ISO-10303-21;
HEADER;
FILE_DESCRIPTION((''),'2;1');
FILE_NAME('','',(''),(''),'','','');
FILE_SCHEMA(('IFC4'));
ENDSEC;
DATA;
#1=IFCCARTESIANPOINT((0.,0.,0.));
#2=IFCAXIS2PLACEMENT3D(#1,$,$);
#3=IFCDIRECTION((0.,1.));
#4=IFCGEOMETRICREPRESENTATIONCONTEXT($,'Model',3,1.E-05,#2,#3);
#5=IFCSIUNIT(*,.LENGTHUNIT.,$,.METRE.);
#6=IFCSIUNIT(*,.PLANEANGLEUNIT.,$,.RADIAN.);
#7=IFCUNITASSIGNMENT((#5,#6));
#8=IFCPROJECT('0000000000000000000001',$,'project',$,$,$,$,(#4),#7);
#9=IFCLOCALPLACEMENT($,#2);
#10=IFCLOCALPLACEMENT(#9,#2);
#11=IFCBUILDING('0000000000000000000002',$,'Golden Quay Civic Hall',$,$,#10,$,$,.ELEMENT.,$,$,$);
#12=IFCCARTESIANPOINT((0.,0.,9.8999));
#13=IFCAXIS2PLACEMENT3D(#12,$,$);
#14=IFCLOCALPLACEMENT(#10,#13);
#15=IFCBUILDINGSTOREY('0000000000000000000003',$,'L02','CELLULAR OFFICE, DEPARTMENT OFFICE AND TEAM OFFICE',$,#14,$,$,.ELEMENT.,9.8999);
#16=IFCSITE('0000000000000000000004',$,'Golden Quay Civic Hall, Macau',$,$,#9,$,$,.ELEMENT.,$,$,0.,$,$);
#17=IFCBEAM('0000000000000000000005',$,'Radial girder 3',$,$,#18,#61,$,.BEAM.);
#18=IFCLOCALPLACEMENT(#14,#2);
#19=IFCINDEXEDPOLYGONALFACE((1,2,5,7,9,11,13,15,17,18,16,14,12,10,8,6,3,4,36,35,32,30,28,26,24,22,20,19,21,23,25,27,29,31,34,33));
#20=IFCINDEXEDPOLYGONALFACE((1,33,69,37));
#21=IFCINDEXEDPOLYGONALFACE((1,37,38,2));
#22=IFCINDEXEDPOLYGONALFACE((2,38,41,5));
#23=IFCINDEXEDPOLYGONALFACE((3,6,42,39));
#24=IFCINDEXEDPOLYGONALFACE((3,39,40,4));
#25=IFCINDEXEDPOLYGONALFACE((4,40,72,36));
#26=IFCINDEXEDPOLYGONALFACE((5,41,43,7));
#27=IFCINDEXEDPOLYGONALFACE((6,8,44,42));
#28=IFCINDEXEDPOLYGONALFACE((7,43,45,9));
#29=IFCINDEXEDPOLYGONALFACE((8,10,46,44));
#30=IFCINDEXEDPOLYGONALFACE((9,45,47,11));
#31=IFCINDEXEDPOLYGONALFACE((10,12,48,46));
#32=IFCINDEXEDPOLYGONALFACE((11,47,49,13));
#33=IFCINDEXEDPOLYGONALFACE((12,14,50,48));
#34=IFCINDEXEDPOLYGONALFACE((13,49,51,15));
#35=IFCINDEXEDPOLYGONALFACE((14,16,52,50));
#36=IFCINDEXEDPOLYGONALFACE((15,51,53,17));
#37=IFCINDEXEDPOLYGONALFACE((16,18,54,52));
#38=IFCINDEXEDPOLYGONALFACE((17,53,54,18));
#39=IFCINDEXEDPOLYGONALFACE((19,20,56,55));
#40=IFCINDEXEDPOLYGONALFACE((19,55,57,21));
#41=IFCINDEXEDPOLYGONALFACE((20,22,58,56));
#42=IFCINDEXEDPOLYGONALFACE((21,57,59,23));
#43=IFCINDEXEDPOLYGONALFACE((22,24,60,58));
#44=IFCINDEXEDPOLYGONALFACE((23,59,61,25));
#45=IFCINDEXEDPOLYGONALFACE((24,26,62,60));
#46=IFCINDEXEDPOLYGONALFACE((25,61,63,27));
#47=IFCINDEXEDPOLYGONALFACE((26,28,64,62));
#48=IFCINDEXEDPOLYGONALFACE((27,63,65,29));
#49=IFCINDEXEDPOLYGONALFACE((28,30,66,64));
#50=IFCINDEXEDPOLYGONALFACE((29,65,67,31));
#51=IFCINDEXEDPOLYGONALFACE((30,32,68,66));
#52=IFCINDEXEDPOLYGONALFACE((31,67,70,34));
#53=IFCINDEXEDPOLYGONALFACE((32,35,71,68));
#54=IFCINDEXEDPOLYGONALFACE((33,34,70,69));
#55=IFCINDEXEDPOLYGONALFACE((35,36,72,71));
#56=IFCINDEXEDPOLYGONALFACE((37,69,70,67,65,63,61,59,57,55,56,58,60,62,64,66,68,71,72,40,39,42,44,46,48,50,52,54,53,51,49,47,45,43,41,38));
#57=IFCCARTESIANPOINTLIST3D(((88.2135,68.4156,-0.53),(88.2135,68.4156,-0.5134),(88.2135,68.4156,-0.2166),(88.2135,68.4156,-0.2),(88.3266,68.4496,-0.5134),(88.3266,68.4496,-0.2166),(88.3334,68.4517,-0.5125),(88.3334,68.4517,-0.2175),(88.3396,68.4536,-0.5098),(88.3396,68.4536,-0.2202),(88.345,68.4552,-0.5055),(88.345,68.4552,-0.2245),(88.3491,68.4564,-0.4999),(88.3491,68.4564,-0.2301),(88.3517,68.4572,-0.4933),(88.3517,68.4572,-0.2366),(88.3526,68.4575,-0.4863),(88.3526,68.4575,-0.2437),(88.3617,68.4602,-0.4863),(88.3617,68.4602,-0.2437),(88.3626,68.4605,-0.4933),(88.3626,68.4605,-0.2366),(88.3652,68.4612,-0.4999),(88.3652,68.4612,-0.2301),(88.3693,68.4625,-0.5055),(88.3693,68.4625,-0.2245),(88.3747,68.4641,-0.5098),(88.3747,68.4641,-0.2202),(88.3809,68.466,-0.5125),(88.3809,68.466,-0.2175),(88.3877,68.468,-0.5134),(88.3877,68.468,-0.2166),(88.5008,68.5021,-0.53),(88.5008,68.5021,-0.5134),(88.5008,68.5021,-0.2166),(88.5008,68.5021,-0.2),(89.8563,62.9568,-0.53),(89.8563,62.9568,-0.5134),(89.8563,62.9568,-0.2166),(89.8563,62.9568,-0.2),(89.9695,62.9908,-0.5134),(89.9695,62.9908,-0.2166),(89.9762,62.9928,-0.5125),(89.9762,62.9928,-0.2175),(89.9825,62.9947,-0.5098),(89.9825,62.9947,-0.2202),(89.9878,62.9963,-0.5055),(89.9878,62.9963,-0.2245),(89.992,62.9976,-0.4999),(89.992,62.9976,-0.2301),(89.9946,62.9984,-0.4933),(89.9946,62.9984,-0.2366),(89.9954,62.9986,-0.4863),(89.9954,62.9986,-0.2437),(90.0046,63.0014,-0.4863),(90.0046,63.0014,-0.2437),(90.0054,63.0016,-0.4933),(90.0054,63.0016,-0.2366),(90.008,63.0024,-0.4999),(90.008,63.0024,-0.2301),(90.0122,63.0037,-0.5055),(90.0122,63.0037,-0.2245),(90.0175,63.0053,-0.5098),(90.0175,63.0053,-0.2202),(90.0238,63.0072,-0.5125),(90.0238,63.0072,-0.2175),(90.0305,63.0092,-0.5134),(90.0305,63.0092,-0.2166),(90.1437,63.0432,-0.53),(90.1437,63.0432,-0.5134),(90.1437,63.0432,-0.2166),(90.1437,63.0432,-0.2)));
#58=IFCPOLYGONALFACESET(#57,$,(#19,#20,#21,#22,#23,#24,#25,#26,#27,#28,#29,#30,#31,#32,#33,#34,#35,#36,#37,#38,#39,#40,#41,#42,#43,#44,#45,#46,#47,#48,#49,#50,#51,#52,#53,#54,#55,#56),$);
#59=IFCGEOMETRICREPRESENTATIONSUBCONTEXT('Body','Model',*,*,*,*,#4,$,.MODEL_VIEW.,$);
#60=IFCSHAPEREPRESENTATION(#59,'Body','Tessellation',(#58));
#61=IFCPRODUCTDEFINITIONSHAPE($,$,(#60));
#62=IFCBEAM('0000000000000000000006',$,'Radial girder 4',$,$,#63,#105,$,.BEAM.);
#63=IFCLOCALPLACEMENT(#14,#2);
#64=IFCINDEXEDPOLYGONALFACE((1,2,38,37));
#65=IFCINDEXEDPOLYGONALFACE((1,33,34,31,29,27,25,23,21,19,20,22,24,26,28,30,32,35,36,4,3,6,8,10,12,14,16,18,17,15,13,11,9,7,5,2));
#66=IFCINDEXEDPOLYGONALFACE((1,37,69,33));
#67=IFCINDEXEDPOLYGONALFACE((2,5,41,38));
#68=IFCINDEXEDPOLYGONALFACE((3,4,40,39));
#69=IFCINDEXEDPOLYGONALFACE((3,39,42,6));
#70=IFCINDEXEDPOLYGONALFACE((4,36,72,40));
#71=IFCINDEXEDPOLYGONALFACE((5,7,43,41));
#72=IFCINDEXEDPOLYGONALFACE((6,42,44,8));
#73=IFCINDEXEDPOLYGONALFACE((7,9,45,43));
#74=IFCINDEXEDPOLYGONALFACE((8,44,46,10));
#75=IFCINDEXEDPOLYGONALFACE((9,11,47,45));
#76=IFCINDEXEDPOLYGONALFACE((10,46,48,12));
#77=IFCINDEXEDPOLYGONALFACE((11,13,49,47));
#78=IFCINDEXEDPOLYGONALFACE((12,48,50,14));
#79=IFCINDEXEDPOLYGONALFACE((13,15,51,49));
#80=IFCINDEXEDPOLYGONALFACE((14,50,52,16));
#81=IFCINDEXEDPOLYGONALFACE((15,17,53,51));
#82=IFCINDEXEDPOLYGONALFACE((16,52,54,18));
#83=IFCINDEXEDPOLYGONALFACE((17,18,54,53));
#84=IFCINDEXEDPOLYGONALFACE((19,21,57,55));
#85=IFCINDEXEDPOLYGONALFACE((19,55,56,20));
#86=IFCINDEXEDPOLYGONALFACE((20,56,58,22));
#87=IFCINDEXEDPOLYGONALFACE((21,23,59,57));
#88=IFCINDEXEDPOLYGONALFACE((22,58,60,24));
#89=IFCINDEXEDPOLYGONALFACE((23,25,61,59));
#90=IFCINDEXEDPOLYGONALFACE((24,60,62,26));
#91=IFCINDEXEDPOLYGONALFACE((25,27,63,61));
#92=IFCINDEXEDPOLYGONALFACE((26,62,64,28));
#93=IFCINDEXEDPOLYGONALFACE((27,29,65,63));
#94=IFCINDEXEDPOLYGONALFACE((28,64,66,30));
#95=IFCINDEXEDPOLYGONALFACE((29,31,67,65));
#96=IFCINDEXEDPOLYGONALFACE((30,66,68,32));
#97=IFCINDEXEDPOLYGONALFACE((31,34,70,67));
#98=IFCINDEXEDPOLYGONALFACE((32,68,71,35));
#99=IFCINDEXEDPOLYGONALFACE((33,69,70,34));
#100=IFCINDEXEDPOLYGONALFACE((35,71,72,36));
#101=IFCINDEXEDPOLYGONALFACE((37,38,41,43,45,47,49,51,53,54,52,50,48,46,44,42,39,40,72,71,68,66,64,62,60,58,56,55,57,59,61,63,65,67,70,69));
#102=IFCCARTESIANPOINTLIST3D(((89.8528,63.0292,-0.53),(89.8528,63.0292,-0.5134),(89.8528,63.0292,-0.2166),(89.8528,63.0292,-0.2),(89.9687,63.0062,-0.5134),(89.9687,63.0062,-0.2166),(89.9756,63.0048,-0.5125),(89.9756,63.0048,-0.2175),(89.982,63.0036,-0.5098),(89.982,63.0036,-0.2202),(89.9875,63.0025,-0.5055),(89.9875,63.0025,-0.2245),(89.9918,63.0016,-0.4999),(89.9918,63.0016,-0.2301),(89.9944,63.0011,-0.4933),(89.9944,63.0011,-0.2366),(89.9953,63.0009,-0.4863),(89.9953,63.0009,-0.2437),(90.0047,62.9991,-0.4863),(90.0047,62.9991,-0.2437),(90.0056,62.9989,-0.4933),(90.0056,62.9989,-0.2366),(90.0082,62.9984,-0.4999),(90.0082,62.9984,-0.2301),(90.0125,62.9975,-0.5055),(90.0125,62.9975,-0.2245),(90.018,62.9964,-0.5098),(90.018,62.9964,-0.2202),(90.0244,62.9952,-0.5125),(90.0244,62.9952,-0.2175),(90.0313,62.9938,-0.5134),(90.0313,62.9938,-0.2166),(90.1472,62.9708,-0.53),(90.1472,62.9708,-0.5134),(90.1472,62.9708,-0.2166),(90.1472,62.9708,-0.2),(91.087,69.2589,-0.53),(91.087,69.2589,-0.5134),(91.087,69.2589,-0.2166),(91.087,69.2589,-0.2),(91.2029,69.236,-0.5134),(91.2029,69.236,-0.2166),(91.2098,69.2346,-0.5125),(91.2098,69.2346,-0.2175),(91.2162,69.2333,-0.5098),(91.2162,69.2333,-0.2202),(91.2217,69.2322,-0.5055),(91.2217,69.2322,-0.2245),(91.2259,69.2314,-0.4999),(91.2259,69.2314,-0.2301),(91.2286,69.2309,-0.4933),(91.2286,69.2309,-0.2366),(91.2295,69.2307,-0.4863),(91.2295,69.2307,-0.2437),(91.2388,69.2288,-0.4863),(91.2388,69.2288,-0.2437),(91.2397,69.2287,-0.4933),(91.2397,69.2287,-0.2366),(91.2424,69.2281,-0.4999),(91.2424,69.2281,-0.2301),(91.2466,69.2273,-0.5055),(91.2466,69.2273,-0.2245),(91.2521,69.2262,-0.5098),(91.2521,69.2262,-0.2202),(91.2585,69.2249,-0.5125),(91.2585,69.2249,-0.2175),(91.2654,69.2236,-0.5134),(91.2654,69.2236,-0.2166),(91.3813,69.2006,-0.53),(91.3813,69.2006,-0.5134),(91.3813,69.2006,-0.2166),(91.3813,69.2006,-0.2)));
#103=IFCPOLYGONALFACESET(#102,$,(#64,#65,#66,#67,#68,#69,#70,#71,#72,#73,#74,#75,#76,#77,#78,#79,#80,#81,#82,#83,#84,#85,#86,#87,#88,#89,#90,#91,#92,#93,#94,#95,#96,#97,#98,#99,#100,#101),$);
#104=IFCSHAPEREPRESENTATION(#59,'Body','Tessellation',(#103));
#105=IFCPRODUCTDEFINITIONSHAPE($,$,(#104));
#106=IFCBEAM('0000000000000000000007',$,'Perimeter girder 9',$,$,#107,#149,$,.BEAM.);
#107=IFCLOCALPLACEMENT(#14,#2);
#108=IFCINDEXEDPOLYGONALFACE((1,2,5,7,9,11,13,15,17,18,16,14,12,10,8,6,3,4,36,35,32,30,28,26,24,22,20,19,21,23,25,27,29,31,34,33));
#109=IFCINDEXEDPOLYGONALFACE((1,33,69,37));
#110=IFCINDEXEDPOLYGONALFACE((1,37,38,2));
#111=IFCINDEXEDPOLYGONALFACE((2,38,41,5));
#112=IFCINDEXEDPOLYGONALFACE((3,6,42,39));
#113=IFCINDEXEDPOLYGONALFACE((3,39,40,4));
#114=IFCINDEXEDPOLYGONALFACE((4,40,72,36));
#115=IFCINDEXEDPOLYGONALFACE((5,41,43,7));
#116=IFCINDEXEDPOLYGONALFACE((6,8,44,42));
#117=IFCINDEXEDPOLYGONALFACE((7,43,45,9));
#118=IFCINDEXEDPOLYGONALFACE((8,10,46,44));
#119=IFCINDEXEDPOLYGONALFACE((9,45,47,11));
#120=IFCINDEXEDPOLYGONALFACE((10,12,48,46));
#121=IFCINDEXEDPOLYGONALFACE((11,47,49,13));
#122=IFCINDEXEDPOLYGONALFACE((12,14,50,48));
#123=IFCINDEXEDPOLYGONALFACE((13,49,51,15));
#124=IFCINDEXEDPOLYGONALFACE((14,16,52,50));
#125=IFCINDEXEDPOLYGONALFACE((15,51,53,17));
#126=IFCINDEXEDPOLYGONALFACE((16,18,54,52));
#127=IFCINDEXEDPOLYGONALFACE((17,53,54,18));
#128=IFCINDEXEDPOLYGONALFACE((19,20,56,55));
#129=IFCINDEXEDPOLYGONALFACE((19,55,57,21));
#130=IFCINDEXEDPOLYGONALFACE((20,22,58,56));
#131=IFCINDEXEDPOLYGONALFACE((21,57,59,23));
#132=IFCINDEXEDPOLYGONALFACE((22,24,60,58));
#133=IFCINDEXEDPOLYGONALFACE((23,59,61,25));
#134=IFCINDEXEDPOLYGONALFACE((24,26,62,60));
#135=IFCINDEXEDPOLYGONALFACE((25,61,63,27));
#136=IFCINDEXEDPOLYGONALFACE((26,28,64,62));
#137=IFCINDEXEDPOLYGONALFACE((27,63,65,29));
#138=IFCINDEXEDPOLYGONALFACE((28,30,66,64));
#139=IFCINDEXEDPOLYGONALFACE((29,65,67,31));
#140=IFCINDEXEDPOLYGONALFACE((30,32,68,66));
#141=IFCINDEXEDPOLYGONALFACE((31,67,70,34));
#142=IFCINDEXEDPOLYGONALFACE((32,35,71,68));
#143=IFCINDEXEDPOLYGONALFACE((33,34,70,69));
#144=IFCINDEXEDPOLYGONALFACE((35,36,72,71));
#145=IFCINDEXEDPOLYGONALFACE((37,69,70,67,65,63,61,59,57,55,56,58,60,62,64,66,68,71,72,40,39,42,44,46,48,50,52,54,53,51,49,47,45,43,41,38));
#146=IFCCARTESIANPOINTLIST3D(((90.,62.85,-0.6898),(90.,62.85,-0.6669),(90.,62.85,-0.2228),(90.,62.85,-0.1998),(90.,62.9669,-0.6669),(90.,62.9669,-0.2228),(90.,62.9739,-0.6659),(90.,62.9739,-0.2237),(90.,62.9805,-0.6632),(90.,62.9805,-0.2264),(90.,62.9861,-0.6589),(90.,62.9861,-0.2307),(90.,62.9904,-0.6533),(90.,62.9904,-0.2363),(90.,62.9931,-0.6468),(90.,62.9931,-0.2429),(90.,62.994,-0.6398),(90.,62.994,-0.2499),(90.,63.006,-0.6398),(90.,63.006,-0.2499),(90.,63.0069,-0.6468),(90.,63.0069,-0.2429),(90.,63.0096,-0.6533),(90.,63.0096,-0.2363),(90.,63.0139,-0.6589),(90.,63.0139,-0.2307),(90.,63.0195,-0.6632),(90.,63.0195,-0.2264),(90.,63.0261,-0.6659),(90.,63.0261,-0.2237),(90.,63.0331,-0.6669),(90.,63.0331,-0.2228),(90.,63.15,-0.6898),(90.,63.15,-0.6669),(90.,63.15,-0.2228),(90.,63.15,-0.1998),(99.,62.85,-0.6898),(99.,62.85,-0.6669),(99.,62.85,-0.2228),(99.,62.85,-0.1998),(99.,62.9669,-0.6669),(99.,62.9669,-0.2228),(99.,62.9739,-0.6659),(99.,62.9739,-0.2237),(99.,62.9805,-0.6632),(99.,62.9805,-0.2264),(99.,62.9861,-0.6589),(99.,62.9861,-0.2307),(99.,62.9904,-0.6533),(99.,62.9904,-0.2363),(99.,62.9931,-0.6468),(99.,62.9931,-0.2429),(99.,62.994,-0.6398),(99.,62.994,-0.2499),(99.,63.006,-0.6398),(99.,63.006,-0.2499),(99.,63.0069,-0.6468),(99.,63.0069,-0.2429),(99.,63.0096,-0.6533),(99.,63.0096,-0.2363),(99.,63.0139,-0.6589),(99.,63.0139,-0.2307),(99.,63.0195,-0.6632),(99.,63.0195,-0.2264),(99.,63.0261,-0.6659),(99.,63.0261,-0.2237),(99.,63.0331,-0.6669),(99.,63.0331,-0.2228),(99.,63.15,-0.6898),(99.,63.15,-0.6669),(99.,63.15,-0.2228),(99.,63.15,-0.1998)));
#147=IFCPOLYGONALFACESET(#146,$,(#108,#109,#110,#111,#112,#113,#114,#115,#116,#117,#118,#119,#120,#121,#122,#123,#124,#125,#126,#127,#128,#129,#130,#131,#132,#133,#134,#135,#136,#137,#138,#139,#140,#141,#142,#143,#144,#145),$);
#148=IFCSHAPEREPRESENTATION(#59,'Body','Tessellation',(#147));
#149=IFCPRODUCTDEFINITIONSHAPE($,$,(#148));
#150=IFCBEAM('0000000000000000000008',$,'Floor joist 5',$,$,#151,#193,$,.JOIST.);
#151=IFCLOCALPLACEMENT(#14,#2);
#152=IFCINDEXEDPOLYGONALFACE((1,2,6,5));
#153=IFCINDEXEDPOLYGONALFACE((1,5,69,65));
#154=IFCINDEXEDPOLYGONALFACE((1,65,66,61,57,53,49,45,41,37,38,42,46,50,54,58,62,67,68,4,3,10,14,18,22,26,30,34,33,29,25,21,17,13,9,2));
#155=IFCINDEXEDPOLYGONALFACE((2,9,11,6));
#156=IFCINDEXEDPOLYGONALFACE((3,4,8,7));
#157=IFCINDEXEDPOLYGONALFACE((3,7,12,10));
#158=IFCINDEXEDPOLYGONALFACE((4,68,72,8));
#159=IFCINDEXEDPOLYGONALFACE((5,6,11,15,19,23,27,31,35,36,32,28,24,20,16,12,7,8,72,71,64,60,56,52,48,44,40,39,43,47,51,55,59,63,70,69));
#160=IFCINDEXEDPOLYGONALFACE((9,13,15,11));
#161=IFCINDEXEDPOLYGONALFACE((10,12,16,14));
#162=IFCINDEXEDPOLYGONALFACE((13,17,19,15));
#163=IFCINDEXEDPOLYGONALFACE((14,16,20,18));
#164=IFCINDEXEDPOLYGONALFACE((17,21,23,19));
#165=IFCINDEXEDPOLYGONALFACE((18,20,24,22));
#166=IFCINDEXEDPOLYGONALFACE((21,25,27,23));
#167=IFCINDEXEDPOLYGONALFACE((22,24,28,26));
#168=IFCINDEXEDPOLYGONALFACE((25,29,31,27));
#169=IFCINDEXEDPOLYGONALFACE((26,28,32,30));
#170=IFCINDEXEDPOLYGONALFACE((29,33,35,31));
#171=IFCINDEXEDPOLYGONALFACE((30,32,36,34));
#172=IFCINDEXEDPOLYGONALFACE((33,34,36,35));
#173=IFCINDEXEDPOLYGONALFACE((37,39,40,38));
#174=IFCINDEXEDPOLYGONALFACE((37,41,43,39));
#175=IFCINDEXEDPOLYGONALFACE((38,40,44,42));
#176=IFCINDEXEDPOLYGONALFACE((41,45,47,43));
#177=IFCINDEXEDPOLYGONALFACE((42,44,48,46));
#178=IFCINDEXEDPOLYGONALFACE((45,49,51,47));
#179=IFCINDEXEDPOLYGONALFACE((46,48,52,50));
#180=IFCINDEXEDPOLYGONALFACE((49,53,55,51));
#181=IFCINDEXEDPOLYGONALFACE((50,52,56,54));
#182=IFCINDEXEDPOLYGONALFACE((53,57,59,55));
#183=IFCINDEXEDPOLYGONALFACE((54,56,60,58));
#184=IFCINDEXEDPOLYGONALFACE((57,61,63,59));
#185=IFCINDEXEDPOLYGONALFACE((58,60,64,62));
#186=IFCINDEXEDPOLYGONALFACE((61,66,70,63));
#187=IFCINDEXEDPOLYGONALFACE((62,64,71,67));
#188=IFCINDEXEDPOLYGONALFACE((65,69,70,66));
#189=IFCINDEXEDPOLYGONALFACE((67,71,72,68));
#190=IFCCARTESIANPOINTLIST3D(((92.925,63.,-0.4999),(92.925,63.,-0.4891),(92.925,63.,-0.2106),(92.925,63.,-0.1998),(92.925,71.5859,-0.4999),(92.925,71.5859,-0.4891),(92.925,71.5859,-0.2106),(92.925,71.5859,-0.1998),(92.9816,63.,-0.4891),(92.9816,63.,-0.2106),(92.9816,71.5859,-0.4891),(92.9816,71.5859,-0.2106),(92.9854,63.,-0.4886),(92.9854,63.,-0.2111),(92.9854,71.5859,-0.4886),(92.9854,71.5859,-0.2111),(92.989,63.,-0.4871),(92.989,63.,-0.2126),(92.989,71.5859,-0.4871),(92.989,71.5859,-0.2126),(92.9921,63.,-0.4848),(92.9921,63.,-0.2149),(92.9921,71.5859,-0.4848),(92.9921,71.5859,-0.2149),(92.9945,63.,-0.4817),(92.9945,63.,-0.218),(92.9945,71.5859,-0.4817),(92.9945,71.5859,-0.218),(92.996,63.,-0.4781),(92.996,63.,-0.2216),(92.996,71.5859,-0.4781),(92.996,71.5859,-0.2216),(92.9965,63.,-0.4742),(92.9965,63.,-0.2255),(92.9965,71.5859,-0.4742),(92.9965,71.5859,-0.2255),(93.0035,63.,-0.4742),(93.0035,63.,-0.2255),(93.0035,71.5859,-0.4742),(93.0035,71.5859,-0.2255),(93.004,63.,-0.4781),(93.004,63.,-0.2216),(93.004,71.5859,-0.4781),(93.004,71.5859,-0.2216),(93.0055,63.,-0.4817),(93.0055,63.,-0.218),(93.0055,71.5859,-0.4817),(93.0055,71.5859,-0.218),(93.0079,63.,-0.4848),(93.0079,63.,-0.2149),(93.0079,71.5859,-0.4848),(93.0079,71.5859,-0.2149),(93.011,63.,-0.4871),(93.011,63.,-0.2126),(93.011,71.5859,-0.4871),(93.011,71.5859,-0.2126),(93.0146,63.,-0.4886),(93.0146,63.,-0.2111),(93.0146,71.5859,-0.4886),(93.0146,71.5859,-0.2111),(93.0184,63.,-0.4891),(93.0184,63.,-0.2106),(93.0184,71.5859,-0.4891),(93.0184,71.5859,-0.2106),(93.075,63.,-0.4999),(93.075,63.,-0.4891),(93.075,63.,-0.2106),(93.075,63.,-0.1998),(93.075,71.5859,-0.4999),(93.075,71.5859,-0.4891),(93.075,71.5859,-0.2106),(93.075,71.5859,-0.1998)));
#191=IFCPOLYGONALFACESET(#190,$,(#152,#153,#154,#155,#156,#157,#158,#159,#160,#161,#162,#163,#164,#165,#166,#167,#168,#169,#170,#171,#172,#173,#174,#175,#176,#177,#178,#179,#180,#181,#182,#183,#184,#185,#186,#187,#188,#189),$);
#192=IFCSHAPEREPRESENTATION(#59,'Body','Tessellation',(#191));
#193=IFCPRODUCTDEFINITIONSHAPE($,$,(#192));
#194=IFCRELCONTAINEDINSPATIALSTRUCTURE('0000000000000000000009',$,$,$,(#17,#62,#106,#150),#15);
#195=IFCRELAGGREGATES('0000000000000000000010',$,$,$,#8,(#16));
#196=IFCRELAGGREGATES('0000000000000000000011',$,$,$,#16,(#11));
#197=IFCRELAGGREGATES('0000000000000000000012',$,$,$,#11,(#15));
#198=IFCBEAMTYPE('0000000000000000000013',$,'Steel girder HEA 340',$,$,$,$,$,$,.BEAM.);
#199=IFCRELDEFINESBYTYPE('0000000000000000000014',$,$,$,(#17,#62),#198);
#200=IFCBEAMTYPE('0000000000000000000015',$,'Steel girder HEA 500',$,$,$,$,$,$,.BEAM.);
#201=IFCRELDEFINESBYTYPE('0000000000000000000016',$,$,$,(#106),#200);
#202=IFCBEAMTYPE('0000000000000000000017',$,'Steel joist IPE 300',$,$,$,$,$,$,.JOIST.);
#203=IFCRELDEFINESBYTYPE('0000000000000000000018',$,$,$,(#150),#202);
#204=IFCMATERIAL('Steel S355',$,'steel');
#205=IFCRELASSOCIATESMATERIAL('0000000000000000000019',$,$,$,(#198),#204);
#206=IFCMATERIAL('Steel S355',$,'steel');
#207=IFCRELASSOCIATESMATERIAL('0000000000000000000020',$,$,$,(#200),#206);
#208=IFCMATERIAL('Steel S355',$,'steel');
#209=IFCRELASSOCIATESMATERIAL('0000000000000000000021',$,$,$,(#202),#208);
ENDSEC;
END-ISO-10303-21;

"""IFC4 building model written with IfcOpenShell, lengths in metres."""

from ifc_helpers import new_model, si_unit, direction, frame, origin, origin_2d, place, context, subcontext, project, spatial, i_section, extrude, material, material_profile, profile_set, type_object, element, save


model = new_model("IFC4")

# Units and contexts
model_context = context("Model", 3, precision=1e-05, world=origin(), true_north=direction((0.0, 1.0)))
body_context = subcontext(model_context, "Body", "Model", "MODEL_VIEW")
ifc_project = project(units=[si_unit("LENGTHUNIT", "METRE"), si_unit("PLANEANGLEUNIT", "RADIAN")], contexts=[model_context])

# Site, building, storey
site_placement = place(None, origin())
site = spatial("IfcSite", under=ifc_project, at=site_placement, Name="Golden Quay Civic Hall, Macau", CompositionType="ELEMENT", RefElevation=0.0)
building_placement = place(site_placement, origin())
building = spatial("IfcBuilding", under=site, at=building_placement, Name="Golden Quay Civic Hall", CompositionType="ELEMENT")
storey_placement = place(building_placement, frame((0.0, 0.0, 9.8999)))
storey = spatial("IfcBuildingStorey", under=building, at=storey_placement, Name="L02", Description="CELLULAR OFFICE, DEPARTMENT OFFICE AND TEAM OFFICE", CompositionType="ELEMENT", Elevation=9.8999)

# Beams
ifc_material_1 = material(Name="Steel S355", Category="steel")
ifc_material_profile_1 = material_profile(ifc_material_1, i_section(OverallWidth=0.3, OverallDepth=0.3301, WebThickness=0.0095, FlangeThickness=0.0166, FilletRadius=0.0271, at=origin_2d()), Name="HEA 340")
ifc_profile_set_1 = profile_set([ifc_material_profile_1], Name="Steel S355")
beam_type_1 = type_object("IfcBeamType", Name="Steel girder HEA 340", PredefinedType="BEAM", material=ifc_profile_set_1)
beam_1_placement = place(storey_placement, frame((90.0, 63.0, -0.365), z_axis=(-0.288185, 0.957575, 0.0), x_axis=(-0.957575, -0.288185, 0.0)))
element("IfcBeam", 1, at=beam_1_placement, inside=storey, type_object=beam_type_1, Name="Radial girder 3", PredefinedType="BEAM", context=body_context, shape_type="SweptSolid", body=[
    extrude(i_section(OverallWidth=0.3, OverallDepth=0.3301, WebThickness=0.0095, FlangeThickness=0.0166, FilletRadius=0.0271, at=origin_2d()), origin(), (0.0, 0.0, 1.0), 5.7007),
])
beam_2_placement = place(storey_placement, frame((90.0, 63.0, -0.365), z_axis=(0.194327, 0.980937, 0.0), x_axis=(-0.980937, 0.194327, 0.0)))
element("IfcBeam", 2, at=beam_2_placement, inside=storey, type_object=beam_type_1, Name="Radial girder 4", PredefinedType="BEAM", context=body_context, shape_type="SweptSolid", body=[
    extrude(i_section(OverallWidth=0.3, OverallDepth=0.3301, WebThickness=0.0095, FlangeThickness=0.0166, FilletRadius=0.0271, at=origin_2d()), origin(), (0.0, 0.0, 1.0), 6.3508),
])
ifc_material_2 = material(Name="Steel S355", Category="steel")
ifc_material_profile_2 = material_profile(ifc_material_2, i_section(OverallWidth=0.3, OverallDepth=0.49, WebThickness=0.012, FlangeThickness=0.0229, FilletRadius=0.0271, at=origin_2d()), Name="HEA 500")
ifc_profile_set_2 = profile_set([ifc_material_profile_2], Name="Steel S355")
beam_type_2 = type_object("IfcBeamType", Name="Steel girder HEA 500", PredefinedType="BEAM", material=ifc_profile_set_2)
beam_3_placement = place(storey_placement, frame((90.0, 63.0, -0.4448), z_axis=(1.0, 0.0, 0.0), x_axis=(0.0, 1.0, 0.0)))
element("IfcBeam", 3, at=beam_3_placement, inside=storey, type_object=beam_type_2, Name="Perimeter girder 9", PredefinedType="BEAM", context=body_context, shape_type="SweptSolid", body=[
    extrude(i_section(OverallWidth=0.3, OverallDepth=0.49, WebThickness=0.012, FlangeThickness=0.0229, FilletRadius=0.0271, at=origin_2d()), origin(), (0.0, 0.0, 1.0), 9.0),
])
ifc_material_3 = material(Name="Steel S355", Category="steel")
ifc_material_profile_3 = material_profile(ifc_material_3, i_section(OverallWidth=0.1499, OverallDepth=0.3, WebThickness=0.0071, FlangeThickness=0.0107, FilletRadius=0.0149, at=origin_2d()), Name="IPE 300")
ifc_profile_set_3 = profile_set([ifc_material_profile_3], Name="Steel S355")
beam_type_3 = type_object("IfcBeamType", Name="Steel joist IPE 300", PredefinedType="JOIST", material=ifc_profile_set_3)
beam_4_placement = place(storey_placement, frame((93.0, 63.0, -0.3499), z_axis=(0.0, 1.0, 0.0), x_axis=(-1.0, 0.0, 0.0)))
element("IfcBeam", 4, at=beam_4_placement, inside=storey, type_object=beam_type_3, Name="Floor joist 5", PredefinedType="JOIST", context=body_context, shape_type="SweptSolid", body=[
    extrude(i_section(OverallWidth=0.1499, OverallDepth=0.3, WebThickness=0.0071, FlangeThickness=0.0107, FilletRadius=0.0149, at=origin_2d()), origin(), (0.0, 0.0, 1.0), 8.5859),
])

save(model, "model.ifc")
